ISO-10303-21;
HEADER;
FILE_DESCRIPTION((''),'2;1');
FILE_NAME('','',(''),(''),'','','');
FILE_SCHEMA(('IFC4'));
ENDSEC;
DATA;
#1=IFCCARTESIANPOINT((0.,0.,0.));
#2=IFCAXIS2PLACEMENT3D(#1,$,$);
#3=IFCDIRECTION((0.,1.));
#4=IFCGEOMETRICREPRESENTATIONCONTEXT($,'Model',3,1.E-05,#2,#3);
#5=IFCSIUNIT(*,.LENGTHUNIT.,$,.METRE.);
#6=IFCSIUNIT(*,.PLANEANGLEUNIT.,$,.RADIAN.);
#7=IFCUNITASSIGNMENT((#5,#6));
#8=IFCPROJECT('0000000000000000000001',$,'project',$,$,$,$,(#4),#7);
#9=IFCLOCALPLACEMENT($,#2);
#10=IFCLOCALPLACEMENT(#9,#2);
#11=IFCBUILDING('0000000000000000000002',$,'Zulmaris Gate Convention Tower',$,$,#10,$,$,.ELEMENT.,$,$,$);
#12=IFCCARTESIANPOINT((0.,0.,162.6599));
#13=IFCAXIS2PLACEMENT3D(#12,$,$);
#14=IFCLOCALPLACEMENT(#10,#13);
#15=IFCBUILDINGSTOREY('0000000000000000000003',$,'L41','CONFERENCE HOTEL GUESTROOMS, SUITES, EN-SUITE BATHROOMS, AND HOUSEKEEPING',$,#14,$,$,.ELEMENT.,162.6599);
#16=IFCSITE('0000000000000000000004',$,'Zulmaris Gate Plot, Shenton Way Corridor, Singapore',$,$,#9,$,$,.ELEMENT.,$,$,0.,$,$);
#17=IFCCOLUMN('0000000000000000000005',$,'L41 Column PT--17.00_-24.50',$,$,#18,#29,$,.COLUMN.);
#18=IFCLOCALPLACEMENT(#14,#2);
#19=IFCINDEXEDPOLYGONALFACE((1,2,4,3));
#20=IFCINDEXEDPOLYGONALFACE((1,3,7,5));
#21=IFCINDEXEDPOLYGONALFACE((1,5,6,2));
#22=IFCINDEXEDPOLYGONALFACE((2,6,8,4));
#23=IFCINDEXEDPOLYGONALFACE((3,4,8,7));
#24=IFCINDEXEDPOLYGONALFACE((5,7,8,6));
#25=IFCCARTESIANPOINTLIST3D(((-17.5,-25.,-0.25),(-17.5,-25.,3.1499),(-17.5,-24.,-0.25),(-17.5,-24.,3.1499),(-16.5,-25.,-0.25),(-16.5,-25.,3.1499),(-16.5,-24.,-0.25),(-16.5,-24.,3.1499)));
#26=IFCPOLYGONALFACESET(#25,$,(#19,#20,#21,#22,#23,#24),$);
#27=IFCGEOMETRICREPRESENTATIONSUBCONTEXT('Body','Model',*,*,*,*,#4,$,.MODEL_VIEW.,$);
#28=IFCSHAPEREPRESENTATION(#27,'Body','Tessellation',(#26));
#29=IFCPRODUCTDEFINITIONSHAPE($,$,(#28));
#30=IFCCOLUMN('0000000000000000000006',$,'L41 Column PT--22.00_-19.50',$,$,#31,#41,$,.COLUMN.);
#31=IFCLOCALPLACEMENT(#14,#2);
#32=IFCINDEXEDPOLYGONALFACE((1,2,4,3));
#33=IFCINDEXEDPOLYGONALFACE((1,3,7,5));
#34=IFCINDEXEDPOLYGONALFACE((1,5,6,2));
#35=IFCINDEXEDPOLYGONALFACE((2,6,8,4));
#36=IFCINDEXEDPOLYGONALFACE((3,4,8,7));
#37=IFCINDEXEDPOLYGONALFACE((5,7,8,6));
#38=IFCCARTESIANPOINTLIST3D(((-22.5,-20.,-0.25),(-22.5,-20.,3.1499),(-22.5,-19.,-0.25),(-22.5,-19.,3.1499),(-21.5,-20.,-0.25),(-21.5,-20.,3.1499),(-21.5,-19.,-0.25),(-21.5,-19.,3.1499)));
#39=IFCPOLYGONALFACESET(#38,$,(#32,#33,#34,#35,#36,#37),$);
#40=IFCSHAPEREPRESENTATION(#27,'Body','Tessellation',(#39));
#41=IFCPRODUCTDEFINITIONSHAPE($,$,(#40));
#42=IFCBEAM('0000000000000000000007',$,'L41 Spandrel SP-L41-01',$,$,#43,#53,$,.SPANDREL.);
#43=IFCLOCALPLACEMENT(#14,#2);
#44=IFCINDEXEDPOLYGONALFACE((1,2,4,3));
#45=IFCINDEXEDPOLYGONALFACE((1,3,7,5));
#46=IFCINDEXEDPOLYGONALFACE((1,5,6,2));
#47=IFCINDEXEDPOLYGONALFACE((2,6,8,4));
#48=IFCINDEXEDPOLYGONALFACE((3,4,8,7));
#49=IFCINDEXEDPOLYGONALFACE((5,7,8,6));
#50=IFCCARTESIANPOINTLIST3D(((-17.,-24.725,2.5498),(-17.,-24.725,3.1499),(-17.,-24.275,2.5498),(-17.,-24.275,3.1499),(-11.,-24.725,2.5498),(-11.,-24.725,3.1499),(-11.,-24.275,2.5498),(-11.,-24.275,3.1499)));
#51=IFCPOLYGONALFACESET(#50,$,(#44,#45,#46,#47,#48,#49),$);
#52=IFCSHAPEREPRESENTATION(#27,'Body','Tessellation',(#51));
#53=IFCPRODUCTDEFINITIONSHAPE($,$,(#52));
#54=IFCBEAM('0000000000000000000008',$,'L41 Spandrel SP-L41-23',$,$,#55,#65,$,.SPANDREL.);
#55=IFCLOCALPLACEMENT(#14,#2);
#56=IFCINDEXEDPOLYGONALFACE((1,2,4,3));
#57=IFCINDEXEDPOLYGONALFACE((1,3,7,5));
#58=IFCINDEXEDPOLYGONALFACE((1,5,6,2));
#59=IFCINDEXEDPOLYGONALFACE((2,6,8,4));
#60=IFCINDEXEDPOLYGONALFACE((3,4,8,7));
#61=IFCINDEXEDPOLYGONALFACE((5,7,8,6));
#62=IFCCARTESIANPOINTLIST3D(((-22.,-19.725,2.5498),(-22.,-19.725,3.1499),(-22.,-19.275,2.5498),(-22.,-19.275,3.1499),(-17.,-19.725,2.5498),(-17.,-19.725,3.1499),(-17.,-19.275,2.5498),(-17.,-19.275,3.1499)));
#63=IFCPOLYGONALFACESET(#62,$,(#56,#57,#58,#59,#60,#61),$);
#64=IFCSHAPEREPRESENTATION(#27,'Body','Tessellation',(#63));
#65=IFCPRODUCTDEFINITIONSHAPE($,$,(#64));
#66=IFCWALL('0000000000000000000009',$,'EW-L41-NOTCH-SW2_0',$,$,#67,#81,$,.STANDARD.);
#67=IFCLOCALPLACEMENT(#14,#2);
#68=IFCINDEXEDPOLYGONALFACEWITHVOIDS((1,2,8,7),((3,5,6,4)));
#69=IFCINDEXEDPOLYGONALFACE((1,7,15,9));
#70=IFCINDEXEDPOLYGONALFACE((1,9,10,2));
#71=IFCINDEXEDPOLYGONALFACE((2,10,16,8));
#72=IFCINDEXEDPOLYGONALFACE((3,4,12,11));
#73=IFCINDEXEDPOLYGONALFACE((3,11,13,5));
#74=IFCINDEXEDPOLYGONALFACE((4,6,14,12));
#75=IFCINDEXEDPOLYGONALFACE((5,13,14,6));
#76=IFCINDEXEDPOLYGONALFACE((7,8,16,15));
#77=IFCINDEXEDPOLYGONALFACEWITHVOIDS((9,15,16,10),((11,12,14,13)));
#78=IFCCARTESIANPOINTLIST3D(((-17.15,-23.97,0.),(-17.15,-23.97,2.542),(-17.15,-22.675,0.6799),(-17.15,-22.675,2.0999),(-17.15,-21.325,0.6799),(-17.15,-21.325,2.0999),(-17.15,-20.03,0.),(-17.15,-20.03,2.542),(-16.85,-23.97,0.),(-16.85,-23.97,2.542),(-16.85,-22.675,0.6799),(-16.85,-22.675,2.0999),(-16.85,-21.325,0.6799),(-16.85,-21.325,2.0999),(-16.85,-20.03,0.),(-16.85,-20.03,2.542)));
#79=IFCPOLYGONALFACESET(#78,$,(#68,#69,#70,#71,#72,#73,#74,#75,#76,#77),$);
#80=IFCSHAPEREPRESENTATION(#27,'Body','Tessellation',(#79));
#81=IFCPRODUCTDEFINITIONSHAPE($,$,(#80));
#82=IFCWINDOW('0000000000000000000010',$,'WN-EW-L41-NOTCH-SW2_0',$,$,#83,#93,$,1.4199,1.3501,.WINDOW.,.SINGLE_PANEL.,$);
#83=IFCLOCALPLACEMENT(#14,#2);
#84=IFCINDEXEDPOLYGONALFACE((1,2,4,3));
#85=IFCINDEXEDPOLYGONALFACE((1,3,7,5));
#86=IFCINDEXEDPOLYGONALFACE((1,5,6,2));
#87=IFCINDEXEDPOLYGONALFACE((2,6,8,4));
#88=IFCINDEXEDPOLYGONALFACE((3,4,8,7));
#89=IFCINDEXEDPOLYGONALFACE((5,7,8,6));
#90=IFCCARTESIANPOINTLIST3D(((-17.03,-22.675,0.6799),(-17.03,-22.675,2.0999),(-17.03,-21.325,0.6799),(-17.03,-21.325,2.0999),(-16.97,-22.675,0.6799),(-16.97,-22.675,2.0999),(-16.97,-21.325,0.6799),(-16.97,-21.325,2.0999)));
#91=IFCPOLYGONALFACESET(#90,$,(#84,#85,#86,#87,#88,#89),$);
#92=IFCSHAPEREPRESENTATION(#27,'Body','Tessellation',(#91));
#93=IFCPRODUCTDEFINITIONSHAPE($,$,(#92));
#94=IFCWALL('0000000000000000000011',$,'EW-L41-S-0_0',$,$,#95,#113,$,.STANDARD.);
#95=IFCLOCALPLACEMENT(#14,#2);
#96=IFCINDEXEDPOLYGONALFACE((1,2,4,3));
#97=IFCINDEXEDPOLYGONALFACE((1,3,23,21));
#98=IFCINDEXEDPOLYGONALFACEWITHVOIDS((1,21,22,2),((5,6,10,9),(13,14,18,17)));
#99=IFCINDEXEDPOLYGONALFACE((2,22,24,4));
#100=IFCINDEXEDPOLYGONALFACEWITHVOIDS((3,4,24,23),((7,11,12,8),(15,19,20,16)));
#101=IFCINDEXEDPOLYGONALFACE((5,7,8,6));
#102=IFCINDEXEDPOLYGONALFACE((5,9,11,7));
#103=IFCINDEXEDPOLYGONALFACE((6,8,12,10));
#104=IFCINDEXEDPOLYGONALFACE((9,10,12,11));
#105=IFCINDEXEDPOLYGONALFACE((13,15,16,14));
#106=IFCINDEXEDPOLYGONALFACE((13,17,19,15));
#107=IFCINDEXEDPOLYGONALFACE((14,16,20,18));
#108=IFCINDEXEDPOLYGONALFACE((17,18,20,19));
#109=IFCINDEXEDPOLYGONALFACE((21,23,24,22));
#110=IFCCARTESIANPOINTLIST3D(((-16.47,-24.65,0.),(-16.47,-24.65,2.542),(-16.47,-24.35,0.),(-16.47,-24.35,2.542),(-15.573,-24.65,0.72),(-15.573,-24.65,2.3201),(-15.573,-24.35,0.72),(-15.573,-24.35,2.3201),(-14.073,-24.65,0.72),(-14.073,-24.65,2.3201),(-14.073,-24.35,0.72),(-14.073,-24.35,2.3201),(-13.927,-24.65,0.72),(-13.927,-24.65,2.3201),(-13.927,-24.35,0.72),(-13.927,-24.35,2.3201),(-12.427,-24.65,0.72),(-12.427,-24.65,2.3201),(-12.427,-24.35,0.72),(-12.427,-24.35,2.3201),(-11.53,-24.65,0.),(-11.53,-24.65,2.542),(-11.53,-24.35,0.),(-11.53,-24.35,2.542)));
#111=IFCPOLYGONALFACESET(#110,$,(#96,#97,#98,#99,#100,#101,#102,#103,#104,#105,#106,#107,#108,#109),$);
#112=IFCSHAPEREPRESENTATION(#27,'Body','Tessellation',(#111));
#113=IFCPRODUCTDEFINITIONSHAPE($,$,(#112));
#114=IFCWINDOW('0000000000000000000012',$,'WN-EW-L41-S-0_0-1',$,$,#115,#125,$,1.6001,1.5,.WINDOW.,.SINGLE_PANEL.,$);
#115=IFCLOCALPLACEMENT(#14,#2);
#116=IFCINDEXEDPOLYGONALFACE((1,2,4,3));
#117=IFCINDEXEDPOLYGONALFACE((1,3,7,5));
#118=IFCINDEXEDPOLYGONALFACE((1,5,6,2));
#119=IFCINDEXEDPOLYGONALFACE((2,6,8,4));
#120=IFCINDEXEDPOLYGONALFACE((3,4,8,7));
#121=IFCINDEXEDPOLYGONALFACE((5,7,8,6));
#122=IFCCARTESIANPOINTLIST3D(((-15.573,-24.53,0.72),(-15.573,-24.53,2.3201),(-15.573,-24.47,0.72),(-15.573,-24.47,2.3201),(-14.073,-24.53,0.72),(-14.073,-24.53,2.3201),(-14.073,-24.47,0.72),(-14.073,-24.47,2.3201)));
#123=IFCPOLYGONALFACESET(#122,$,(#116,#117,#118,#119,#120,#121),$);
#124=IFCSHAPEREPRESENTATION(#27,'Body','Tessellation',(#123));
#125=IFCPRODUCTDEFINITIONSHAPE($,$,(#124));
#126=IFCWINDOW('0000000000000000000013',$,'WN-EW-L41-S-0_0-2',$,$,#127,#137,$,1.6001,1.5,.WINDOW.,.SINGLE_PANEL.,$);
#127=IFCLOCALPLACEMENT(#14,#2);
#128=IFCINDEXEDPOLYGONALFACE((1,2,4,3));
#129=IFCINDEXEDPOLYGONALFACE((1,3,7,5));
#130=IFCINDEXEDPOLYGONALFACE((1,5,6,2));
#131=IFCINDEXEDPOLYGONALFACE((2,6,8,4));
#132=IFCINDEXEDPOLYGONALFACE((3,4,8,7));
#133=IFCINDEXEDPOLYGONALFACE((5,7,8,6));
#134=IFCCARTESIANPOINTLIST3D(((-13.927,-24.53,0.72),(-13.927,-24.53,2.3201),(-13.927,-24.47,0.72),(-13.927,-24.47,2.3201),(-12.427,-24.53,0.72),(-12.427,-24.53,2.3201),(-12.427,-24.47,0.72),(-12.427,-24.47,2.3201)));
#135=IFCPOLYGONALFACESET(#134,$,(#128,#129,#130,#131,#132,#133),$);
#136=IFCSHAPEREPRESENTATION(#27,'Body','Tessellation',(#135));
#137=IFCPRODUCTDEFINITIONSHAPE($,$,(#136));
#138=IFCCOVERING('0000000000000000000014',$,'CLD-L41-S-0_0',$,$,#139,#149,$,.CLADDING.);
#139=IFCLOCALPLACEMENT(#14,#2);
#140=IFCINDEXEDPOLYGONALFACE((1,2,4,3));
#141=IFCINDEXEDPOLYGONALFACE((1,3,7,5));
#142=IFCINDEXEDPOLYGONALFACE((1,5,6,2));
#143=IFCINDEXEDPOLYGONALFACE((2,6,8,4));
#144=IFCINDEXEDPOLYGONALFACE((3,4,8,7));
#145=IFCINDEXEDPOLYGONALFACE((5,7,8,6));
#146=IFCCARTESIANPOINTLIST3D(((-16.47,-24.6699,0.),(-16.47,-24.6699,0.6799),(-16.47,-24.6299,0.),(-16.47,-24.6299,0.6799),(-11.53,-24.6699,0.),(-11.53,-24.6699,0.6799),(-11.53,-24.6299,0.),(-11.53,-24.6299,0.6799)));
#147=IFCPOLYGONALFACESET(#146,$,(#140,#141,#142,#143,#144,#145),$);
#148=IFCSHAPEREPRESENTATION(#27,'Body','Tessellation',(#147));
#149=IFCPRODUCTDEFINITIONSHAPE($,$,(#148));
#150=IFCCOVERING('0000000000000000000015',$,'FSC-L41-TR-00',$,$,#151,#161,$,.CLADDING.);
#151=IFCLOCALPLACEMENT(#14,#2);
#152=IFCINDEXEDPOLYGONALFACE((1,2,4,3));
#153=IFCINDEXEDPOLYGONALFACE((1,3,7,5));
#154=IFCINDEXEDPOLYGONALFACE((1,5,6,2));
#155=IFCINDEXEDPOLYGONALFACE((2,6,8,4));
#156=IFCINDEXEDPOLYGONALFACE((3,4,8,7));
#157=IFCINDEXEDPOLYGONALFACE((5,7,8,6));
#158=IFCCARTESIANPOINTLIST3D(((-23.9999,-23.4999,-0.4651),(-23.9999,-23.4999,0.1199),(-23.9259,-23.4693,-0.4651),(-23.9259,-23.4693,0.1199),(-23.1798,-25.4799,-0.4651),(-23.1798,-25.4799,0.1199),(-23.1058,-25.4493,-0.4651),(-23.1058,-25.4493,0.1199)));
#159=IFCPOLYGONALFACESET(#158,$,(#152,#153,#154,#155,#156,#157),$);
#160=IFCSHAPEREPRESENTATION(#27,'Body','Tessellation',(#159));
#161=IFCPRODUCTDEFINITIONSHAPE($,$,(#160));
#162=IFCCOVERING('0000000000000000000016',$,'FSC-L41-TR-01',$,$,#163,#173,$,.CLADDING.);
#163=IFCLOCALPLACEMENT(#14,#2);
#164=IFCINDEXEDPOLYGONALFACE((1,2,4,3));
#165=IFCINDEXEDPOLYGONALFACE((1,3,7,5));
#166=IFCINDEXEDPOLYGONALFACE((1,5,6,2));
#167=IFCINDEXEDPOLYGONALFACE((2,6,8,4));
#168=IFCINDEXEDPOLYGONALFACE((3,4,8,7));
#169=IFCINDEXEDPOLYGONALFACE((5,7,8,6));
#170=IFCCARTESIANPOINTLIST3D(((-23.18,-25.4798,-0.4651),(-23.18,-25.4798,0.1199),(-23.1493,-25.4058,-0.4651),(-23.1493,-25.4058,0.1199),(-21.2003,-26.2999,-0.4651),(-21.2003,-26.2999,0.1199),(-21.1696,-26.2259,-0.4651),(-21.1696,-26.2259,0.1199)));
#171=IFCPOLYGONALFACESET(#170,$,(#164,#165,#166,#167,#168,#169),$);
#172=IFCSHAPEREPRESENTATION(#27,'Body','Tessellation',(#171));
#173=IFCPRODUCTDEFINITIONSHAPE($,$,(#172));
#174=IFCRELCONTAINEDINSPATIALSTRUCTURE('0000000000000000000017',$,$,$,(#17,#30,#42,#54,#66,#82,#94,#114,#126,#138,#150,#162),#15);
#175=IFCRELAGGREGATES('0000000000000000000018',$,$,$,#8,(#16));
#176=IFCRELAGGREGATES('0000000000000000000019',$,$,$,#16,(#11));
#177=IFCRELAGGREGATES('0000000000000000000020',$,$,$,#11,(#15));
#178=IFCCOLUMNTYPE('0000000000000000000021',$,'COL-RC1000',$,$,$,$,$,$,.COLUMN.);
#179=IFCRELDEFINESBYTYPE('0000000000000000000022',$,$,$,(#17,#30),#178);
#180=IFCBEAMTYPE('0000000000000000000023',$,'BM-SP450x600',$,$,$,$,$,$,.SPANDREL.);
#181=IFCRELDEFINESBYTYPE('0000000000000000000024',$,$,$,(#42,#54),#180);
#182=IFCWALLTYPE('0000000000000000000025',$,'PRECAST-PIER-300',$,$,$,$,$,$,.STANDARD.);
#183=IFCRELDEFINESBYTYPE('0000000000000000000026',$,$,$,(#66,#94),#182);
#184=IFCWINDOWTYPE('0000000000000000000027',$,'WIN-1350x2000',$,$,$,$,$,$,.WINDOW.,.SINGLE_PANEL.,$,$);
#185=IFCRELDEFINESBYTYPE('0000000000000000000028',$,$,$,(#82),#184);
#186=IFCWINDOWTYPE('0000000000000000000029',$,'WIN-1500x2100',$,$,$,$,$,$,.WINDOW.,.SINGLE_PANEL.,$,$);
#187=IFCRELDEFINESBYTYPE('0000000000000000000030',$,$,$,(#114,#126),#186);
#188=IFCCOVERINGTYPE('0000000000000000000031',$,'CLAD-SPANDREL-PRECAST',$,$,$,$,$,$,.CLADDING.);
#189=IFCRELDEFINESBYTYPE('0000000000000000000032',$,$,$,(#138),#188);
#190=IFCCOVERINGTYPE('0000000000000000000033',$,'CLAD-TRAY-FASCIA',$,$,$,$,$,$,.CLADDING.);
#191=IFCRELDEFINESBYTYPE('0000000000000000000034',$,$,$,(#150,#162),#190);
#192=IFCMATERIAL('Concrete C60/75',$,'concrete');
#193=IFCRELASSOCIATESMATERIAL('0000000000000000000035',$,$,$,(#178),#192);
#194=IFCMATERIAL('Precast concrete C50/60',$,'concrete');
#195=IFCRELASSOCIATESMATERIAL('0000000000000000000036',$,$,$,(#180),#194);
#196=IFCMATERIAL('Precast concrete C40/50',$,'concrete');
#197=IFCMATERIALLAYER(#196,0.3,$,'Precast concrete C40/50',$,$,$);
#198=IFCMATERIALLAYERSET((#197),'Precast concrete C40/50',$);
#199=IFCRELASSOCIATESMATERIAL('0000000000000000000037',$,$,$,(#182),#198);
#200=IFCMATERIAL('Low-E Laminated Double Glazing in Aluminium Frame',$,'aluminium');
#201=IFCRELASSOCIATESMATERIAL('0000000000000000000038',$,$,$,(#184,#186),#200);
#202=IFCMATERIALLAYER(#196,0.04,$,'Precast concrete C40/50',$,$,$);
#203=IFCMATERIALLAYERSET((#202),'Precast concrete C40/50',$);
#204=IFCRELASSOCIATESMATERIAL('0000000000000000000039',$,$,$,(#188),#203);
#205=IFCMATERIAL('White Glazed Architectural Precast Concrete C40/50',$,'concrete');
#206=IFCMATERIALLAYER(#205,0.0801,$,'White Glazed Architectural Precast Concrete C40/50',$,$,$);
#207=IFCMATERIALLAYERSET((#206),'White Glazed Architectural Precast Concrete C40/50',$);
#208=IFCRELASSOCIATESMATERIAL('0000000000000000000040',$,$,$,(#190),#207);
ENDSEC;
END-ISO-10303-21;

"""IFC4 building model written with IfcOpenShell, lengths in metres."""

from ifc_helpers import new_model, si_unit, direction, frame, frame_2d, origin, origin_2d, place, context, subcontext, project, spatial, rectangle, extrude, material, layer, layer_set, material_profile, profile_set, type_object, element, fill, save


model = new_model("IFC4")

# Units and contexts
model_context = context("Model", 3, precision=1e-05, world=origin(), true_north=direction((0.0, 1.0)))
body_context = subcontext(model_context, "Body", "Model", "MODEL_VIEW")
ifc_project = project(units=[si_unit("LENGTHUNIT", "METRE"), si_unit("PLANEANGLEUNIT", "RADIAN")], contexts=[model_context])

# Site, building, storey
site_placement = place(None, origin())
site = spatial("IfcSite", under=ifc_project, at=site_placement, Name="Zulmaris Gate Plot, Shenton Way Corridor, Singapore", CompositionType="ELEMENT", RefElevation=0.0)
building_placement = place(site_placement, origin())
building = spatial("IfcBuilding", under=site, at=building_placement, Name="Zulmaris Gate Convention Tower", CompositionType="ELEMENT")
storey_placement = place(building_placement, frame((0.0, 0.0, 162.6599)))
storey = spatial("IfcBuildingStorey", under=building, at=storey_placement, Name="L41", Description="CONFERENCE HOTEL GUESTROOMS, SUITES, EN-SUITE BATHROOMS, AND HOUSEKEEPING", CompositionType="ELEMENT", Elevation=162.6599)

# Columns
ifc_material_1 = material(Name="Concrete C60/75", Category="concrete")
ifc_material_profile_1 = material_profile(ifc_material_1, rectangle(XDim=1.0, YDim=1.0, at=origin_2d()), Name="RC COL 1000x1000")
ifc_profile_set_1 = profile_set([ifc_material_profile_1], Name="Concrete C60/75")
column_type = type_object("IfcColumnType", Name="COL-RC1000", PredefinedType="COLUMN", material=ifc_profile_set_1)
for number, where, z_axis, x_axis, name in (
    (1, (-17.0, -24.5, -0.25), (0.0, 0.0, 1.0), (1.0, 0.0, 0.0), "L41 Column PT--17.00_-24.50"),
    (2, (-22.0, -19.5, -0.25), (0.0, 0.0, 1.0), (1.0, 0.0, 0.0), "L41 Column PT--22.00_-19.50"),
):
    element("IfcColumn", number, at=place(storey_placement, frame(where, z_axis=z_axis, x_axis=x_axis)), inside=storey, type_object=column_type, Name=name, PredefinedType="COLUMN", context=body_context, shape_type="SweptSolid", body=[
        extrude(rectangle(XDim=1.0, YDim=1.0, at=origin_2d()), origin(), (0.0, 0.0, 1.0), 3.3999),
    ])

# Beams
ifc_material_2 = material(Name="Precast concrete C50/60", Category="concrete")
ifc_material_profile_2 = material_profile(ifc_material_2, rectangle(XDim=0.45, YDim=0.6001, at=origin_2d()), Name="RC SPANDREL 450x600")
ifc_profile_set_2 = profile_set([ifc_material_profile_2], Name="Precast concrete C50/60")
beam_type = type_object("IfcBeamType", Name="BM-SP450x600", PredefinedType="SPANDREL", material=ifc_profile_set_2)
beam_1_placement = place(storey_placement, frame((-17.0, -24.5, 2.8499), z_axis=(1.0, 0.0, 0.0), x_axis=(0.0, 1.0, 0.0)))
element("IfcBeam", 3, at=beam_1_placement, inside=storey, type_object=beam_type, Name="L41 Spandrel SP-L41-01", PredefinedType="SPANDREL", context=body_context, shape_type="SweptSolid", body=[
    extrude(rectangle(XDim=0.45, YDim=0.6001, at=origin_2d()), origin(), (0.0, 0.0, 1.0), 6.0),
])
beam_2_placement = place(storey_placement, frame((-22.0, -19.5, 2.8499), z_axis=(1.0, 0.0, 0.0), x_axis=(0.0, 1.0, 0.0)))
element("IfcBeam", 4, at=beam_2_placement, inside=storey, type_object=beam_type, Name="L41 Spandrel SP-L41-23", PredefinedType="SPANDREL", context=body_context, shape_type="SweptSolid", body=[
    extrude(rectangle(XDim=0.45, YDim=0.6001, at=origin_2d()), origin(), (0.0, 0.0, 1.0), 5.0),
])

# Wall, opening, window
ifc_material_3 = material(Name="Precast concrete C40/50", Category="concrete")
ifc_layer_1 = layer(ifc_material_3, 0.3, Name="Precast concrete C40/50")
ifc_layer_set_1 = layer_set([ifc_layer_1], Name="Precast concrete C40/50")
wall_type = type_object("IfcWallType", Name="PRECAST-PIER-300", PredefinedType="STANDARD", material=ifc_layer_set_1)
wall_1_placement = place(storey_placement, frame((-17.0, -20.03, 0.0), z_axis=(0.0, 0.0, 1.0), x_axis=(0.0, -1.0, 0.0)))
wall_1 = element("IfcWall", 5, at=wall_1_placement, inside=storey, type_object=wall_type, Name="EW-L41-NOTCH-SW2_0", PredefinedType="STANDARD", context=body_context, shape_type="SweptSolid", body=[
    extrude(rectangle(XDim=3.9399, YDim=0.3, at=frame_2d((1.97, 0.0))), origin(), (0.0, 0.0, 1.0), 2.542),
])
opening_1_placement = place(wall_1_placement, frame((1.2949, 0.0, 0.6799)))
opening_1 = element("IfcOpeningElement", 6, at=opening_1_placement, cuts=wall_1, PredefinedType="OPENING", context=body_context, shape_type="SweptSolid", body=[
    extrude(rectangle(XDim=1.3501, YDim=1.4199, at=frame_2d((0.675, 0.71))), frame((0.0, 0.1602, 0.0), z_axis=(0.0, -1.0, 0.0), x_axis=(1.0, 0.0, 0.0)), (0.0, 0.0, 1.0), 0.3201),
])
ifc_material_4 = material(Name="Low-E Laminated Double Glazing in Aluminium Frame", Category="aluminium")
window_type_1 = type_object("IfcWindowType", Name="WIN-1350x2000", PartitioningType="SINGLE_PANEL", PredefinedType="WINDOW", material=ifc_material_4)
window_1_placement = place(opening_1_placement, origin())
window_1 = element("IfcWindow", 7, at=window_1_placement, inside=storey, type_object=window_type_1, Name="WN-EW-L41-NOTCH-SW2_0", OverallHeight=1.4199, OverallWidth=1.3501, PartitioningType="SINGLE_PANEL", PredefinedType="WINDOW", context=body_context, shape_type="SweptSolid", body=[
    extrude(rectangle(XDim=1.3501, YDim=1.4199, at=frame_2d((0.675, 0.71))), frame((0.0, 0.03, 0.0), z_axis=(0.0, -1.0, 0.0), x_axis=(1.0, 0.0, 0.0)), (0.0, 0.0, 1.0), 0.0601),
])
fill(opening_1, window_1)

# Wall, openings, windows
wall_2_placement = place(storey_placement, frame((-16.47, -24.5, 0.0), z_axis=(0.0, 0.0, 1.0), x_axis=(1.0, 0.0, 0.0)))
wall_2 = element("IfcWall", 8, at=wall_2_placement, inside=storey, type_object=wall_type, Name="EW-L41-S-0_0", PredefinedType="STANDARD", context=body_context, shape_type="SweptSolid", body=[
    extrude(rectangle(XDim=4.9399, YDim=0.3, at=frame_2d((2.47, 0.0))), origin(), (0.0, 0.0, 1.0), 2.542),
])
opening_2_placement = place(wall_2_placement, frame((0.897, 0.0, 0.72)))
opening_2 = element("IfcOpeningElement", 9, at=opening_2_placement, cuts=wall_2, PredefinedType="OPENING", context=body_context, shape_type="SweptSolid", body=[
    extrude(rectangle(XDim=1.5, YDim=1.6001, at=frame_2d((0.75, 0.8))), frame((0.0, 0.1602, 0.0), z_axis=(0.0, -1.0, 0.0), x_axis=(1.0, 0.0, 0.0)), (0.0, 0.0, 1.0), 0.3201),
])
opening_3_placement = place(wall_2_placement, frame((2.543, 0.0, 0.72)))
opening_3 = element("IfcOpeningElement", 10, at=opening_3_placement, cuts=wall_2, PredefinedType="OPENING", context=body_context, shape_type="SweptSolid", body=[
    extrude(rectangle(XDim=1.5, YDim=1.6001, at=frame_2d((0.75, 0.8))), frame((0.0, 0.1602, 0.0), z_axis=(0.0, -1.0, 0.0), x_axis=(1.0, 0.0, 0.0)), (0.0, 0.0, 1.0), 0.3201),
])
window_type_2 = type_object("IfcWindowType", Name="WIN-1500x2100", PartitioningType="SINGLE_PANEL", PredefinedType="WINDOW", material=ifc_material_4)
window_2_placement = place(opening_2_placement, origin())
window_2 = element("IfcWindow", 11, at=window_2_placement, inside=storey, type_object=window_type_2, Name="WN-EW-L41-S-0_0-1", OverallHeight=1.6001, OverallWidth=1.5, PartitioningType="SINGLE_PANEL", PredefinedType="WINDOW", context=body_context, shape_type="SweptSolid", body=[
    extrude(rectangle(XDim=1.5, YDim=1.6001, at=frame_2d((0.75, 0.8))), frame((0.0, 0.03, 0.0), z_axis=(0.0, -1.0, 0.0), x_axis=(1.0, 0.0, 0.0)), (0.0, 0.0, 1.0), 0.0601),
])
fill(opening_2, window_2)
window_3_placement = place(opening_3_placement, origin())
window_3 = element("IfcWindow", 12, at=window_3_placement, inside=storey, type_object=window_type_2, Name="WN-EW-L41-S-0_0-2", OverallHeight=1.6001, OverallWidth=1.5, PartitioningType="SINGLE_PANEL", PredefinedType="WINDOW", context=body_context, shape_type="SweptSolid", body=[
    extrude(rectangle(XDim=1.5, YDim=1.6001, at=frame_2d((0.75, 0.8))), frame((0.0, 0.03, 0.0), z_axis=(0.0, -1.0, 0.0), x_axis=(1.0, 0.0, 0.0)), (0.0, 0.0, 1.0), 0.0601),
])
fill(opening_3, window_3)

# Coverings
ifc_layer_2 = layer(ifc_material_3, 0.04, Name="Precast concrete C40/50")
ifc_layer_set_2 = layer_set([ifc_layer_2], Name="Precast concrete C40/50")
covering_type_1 = type_object("IfcCoveringType", Name="CLAD-SPANDREL-PRECAST", PredefinedType="CLADDING", material=ifc_layer_set_2)
covering_1_placement = place(storey_placement, frame((-16.47, -24.6499, 0.0), z_axis=(0.0, 0.0, 1.0), x_axis=(1.0, 0.0, 0.0)))
element("IfcCovering", 13, at=covering_1_placement, inside=storey, type_object=covering_type_1, Name="CLD-L41-S-0_0", PredefinedType="CLADDING", context=body_context, shape_type="SweptSolid", body=[
    extrude(rectangle(XDim=4.9399, YDim=0.04, at=frame_2d((2.47, 0.0))), origin(), (0.0, 0.0, 1.0), 0.6799),
])
ifc_material_5 = material(Name="White Glazed Architectural Precast Concrete C40/50", Category="concrete")
ifc_layer_3 = layer(ifc_material_5, 0.0801, Name="White Glazed Architectural Precast Concrete C40/50")
ifc_layer_set_3 = layer_set([ifc_layer_3], Name="White Glazed Architectural Precast Concrete C40/50")
covering_type_2 = type_object("IfcCoveringType", Name="CLAD-TRAY-FASCIA", PredefinedType="CLADDING", material=ifc_layer_set_3)
covering_2_placement = place(storey_placement, frame((-23.9629, -23.4846, -0.4651), z_axis=(0.0, 0.0, 1.0), x_axis=(0.382657, -0.92389, 0.0)))
element("IfcCovering", 14, at=covering_2_placement, inside=storey, type_object=covering_type_2, Name="FSC-L41-TR-00", PredefinedType="CLADDING", context=body_context, shape_type="SweptSolid", body=[
    extrude(rectangle(XDim=2.1431, YDim=0.0801, at=frame_2d((1.0715, 0.0))), origin(), (0.0, 0.0, 1.0), 0.585),
])
covering_3_placement = place(storey_placement, frame((-23.1646, -25.4429, -0.4651), z_axis=(0.0, 0.0, 1.0), x_axis=(0.923874, -0.382697, 0.0)))
element("IfcCovering", 15, at=covering_3_placement, inside=storey, type_object=covering_type_2, Name="FSC-L41-TR-01", PredefinedType="CLADDING", context=body_context, shape_type="SweptSolid", body=[
    extrude(rectangle(XDim=2.1428, YDim=0.0801, at=frame_2d((1.0713, 0.0))), origin(), (0.0, 0.0, 1.0), 0.585),
])

save(model, "model.ifc")
